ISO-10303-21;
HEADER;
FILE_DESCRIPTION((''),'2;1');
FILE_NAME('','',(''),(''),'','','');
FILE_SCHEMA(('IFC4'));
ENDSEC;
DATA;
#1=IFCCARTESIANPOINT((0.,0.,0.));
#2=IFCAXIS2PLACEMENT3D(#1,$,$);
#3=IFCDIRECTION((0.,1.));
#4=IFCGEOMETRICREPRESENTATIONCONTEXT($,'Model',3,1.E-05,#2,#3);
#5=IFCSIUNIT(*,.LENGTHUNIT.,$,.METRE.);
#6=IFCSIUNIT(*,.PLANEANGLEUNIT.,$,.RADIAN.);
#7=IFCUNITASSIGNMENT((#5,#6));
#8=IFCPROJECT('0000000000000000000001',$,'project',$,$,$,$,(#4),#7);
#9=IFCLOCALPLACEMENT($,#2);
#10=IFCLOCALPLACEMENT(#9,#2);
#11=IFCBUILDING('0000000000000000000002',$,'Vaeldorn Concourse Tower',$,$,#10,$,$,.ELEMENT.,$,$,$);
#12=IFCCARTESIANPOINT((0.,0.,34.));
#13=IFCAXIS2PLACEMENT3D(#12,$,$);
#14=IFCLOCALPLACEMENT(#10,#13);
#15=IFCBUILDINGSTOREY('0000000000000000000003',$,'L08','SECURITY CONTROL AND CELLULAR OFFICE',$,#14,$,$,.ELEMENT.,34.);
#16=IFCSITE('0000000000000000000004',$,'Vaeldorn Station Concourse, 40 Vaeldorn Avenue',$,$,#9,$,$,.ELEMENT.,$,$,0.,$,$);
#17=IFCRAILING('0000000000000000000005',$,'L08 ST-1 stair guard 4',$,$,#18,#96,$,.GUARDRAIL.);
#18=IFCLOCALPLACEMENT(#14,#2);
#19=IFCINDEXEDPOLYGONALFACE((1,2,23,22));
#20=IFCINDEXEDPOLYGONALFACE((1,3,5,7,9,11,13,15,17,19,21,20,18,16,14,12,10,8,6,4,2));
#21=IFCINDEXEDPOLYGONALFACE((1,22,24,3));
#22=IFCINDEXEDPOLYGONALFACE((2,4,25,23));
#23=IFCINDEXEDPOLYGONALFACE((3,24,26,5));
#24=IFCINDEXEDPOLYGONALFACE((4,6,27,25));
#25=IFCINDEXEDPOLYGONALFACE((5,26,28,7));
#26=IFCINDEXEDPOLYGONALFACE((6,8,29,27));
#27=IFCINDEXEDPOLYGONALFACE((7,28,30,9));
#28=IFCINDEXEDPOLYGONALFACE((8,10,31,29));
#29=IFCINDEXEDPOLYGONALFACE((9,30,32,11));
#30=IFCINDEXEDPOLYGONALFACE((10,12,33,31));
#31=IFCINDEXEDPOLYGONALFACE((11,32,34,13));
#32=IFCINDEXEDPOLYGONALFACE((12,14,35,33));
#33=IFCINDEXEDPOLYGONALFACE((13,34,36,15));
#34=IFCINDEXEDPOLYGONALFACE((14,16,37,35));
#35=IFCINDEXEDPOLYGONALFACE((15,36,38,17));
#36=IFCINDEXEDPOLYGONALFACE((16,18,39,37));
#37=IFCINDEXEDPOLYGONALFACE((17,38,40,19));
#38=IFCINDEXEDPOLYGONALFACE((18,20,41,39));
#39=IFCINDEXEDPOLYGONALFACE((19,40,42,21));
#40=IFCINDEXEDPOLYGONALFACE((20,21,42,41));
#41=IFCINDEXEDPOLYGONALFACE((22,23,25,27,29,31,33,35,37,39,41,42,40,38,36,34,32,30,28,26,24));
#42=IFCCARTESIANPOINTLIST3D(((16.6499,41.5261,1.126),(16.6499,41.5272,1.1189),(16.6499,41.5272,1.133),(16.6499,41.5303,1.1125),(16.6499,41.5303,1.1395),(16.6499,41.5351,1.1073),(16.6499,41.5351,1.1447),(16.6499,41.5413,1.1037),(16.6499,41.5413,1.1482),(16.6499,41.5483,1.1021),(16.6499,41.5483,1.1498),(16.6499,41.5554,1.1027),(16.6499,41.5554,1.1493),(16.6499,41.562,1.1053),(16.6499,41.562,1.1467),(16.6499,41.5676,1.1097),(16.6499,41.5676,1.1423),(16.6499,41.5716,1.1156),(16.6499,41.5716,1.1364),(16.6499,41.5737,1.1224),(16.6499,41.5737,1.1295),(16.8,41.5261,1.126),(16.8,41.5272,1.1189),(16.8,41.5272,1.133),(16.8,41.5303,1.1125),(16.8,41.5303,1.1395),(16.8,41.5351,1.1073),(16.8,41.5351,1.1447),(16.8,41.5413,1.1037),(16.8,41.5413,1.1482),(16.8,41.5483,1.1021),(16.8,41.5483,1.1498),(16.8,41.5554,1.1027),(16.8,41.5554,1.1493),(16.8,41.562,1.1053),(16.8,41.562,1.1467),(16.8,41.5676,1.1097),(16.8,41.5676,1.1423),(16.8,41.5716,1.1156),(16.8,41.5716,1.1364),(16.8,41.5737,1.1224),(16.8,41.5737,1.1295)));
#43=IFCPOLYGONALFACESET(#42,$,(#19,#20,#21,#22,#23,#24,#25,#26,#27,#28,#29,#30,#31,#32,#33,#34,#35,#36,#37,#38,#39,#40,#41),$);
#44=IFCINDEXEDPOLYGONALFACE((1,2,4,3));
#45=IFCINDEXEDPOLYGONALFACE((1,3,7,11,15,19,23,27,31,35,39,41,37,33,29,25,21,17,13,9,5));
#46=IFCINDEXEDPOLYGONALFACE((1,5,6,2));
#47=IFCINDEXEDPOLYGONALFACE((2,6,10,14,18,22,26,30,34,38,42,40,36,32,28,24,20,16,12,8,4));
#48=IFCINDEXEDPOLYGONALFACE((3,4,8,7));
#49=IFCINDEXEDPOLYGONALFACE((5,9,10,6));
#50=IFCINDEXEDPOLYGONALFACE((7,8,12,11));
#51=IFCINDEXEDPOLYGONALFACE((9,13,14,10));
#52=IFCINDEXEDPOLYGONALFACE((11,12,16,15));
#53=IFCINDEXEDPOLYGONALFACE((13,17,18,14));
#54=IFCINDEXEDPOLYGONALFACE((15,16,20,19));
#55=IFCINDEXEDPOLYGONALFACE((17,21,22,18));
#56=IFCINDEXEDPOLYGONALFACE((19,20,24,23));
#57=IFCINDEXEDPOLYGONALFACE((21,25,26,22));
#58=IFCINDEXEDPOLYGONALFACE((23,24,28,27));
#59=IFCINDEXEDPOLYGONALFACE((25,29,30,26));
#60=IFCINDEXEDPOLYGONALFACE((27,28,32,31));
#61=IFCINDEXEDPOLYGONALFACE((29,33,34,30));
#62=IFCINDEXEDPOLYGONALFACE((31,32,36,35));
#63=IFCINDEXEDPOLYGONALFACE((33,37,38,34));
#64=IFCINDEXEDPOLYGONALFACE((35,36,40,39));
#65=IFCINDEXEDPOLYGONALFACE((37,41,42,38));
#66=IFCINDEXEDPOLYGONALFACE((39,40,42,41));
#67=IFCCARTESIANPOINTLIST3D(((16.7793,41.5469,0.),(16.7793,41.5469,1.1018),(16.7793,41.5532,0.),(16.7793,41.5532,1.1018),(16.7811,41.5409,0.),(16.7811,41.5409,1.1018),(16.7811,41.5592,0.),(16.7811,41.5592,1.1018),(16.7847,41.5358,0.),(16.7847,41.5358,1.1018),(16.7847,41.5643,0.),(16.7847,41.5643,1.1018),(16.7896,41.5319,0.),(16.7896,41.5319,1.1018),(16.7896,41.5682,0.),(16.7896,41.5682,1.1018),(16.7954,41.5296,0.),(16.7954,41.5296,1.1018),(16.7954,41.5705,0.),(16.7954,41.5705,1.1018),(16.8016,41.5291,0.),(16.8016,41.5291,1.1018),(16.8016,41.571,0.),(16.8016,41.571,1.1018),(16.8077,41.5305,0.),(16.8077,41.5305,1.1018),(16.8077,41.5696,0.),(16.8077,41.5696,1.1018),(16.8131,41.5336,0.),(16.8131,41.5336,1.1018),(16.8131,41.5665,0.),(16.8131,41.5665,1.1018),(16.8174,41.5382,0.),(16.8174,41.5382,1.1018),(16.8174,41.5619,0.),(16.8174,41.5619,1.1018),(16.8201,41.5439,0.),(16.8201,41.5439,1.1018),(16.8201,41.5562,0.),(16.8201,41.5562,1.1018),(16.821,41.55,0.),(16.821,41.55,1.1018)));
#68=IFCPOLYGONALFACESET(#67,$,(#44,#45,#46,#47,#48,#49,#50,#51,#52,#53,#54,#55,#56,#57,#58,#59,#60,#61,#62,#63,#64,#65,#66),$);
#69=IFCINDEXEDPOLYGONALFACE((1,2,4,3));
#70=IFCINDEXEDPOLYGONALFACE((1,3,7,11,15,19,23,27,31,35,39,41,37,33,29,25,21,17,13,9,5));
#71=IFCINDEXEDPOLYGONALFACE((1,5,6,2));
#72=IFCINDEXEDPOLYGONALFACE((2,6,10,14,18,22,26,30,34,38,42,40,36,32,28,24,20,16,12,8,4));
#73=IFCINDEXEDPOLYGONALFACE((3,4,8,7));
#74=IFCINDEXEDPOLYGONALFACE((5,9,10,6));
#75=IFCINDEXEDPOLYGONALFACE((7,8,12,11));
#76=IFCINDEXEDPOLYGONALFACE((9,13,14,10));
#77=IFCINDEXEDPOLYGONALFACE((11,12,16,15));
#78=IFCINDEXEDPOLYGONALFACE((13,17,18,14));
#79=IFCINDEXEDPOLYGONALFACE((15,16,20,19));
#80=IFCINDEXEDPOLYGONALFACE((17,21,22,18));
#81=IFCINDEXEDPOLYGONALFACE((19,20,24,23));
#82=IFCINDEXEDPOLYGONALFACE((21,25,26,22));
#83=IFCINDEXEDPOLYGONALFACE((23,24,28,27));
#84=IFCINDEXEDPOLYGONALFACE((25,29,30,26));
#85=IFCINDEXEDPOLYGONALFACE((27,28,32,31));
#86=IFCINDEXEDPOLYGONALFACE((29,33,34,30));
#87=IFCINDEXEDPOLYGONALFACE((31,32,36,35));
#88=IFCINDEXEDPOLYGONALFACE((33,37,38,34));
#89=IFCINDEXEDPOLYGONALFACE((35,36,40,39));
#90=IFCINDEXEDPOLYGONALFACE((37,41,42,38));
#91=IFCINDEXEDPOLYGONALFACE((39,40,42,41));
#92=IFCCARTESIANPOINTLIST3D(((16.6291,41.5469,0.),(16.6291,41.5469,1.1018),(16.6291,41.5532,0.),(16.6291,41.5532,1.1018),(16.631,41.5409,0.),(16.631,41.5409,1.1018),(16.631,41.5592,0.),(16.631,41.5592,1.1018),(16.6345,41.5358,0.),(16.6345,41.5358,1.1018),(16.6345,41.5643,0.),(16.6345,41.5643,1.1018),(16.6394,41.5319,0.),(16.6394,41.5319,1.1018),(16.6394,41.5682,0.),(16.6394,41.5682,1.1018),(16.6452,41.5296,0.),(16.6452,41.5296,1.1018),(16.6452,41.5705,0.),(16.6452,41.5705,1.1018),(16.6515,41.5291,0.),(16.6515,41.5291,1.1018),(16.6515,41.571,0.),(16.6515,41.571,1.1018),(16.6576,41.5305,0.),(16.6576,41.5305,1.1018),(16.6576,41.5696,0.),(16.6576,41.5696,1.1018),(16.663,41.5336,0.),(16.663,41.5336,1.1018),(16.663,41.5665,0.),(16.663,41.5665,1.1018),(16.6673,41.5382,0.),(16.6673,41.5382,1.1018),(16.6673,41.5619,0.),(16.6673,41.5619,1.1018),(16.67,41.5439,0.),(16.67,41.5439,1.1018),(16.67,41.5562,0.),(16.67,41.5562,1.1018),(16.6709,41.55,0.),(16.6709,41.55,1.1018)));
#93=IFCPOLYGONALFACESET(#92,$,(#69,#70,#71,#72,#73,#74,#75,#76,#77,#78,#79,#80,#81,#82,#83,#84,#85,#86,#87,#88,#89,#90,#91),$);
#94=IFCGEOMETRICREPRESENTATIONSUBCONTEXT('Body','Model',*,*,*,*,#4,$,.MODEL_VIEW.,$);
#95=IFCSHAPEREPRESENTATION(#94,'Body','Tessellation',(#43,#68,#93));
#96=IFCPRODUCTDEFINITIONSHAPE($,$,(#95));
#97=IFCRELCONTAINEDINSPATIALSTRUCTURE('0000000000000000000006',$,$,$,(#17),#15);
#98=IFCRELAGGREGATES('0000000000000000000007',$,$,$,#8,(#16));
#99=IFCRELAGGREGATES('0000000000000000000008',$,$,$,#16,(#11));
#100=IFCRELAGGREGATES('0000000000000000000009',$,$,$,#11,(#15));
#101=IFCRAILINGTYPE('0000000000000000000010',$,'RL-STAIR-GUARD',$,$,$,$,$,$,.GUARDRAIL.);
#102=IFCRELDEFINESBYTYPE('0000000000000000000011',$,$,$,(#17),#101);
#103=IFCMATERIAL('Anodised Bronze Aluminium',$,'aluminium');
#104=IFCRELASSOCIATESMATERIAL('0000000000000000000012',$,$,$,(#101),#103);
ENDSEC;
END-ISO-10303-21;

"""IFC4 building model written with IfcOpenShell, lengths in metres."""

from ifc_helpers import new_model, si_unit, direction, frame, origin, origin_2d, place, context, subcontext, project, spatial, circle, extrude, material, type_object, element, save


model = new_model("IFC4")

# Units and contexts
model_context = context("Model", 3, precision=1e-05, world=origin(), true_north=direction((0.0, 1.0)))
body_context = subcontext(model_context, "Body", "Model", "MODEL_VIEW")
ifc_project = project(units=[si_unit("LENGTHUNIT", "METRE"), si_unit("PLANEANGLEUNIT", "RADIAN")], contexts=[model_context])

# Site, building, storey
site_placement = place(None, origin())
site = spatial("IfcSite", under=ifc_project, at=site_placement, Name="Vaeldorn Station Concourse, 40 Vaeldorn Avenue", CompositionType="ELEMENT", RefElevation=0.0)
building_placement = place(site_placement, origin())
building = spatial("IfcBuilding", under=site, at=building_placement, Name="Vaeldorn Concourse Tower", CompositionType="ELEMENT")
storey_placement = place(building_placement, frame((0.0, 0.0, 34.0)))
storey = spatial("IfcBuildingStorey", under=building, at=storey_placement, Name="L08", Description="SECURITY CONTROL AND CELLULAR OFFICE", CompositionType="ELEMENT", Elevation=34.0)

# Shared definitions
ifc_material_1 = material(Name="Anodised Bronze Aluminium", Category="aluminium")

# Railing
railing_type_1 = type_object("IfcRailingType", Name="RL-STAIR-GUARD", PredefinedType="GUARDRAIL", material=ifc_material_1)
railing_1_placement = place(storey_placement, frame((16.8, 41.55, 0.0)))
element("IfcRailing", 1, at=railing_1_placement, inside=storey, type_object=railing_type_1, Name="L08 ST-1 stair guard 4", PredefinedType="GUARDRAIL", context=body_context, shape_type="SweptSolid", body=[
    extrude(circle(Radius=0.0239, at=origin_2d()), frame((0.0, 0.0, 1.126), z_axis=(-1.0, 0.0, 0.0), x_axis=(0.0, -1.0, 0.0)), (0.0, 0.0, 1.0), 0.1501),
    extrude(circle(Radius=0.021, at=origin_2d()), origin(), (0.0, 0.0, 1.0), 1.1018),
    extrude(circle(Radius=0.021, at=origin_2d()), frame((-0.1501, 0.0, 0.0)), (0.0, 0.0, 1.0), 1.1018),
])

save(model, "model.ifc")
